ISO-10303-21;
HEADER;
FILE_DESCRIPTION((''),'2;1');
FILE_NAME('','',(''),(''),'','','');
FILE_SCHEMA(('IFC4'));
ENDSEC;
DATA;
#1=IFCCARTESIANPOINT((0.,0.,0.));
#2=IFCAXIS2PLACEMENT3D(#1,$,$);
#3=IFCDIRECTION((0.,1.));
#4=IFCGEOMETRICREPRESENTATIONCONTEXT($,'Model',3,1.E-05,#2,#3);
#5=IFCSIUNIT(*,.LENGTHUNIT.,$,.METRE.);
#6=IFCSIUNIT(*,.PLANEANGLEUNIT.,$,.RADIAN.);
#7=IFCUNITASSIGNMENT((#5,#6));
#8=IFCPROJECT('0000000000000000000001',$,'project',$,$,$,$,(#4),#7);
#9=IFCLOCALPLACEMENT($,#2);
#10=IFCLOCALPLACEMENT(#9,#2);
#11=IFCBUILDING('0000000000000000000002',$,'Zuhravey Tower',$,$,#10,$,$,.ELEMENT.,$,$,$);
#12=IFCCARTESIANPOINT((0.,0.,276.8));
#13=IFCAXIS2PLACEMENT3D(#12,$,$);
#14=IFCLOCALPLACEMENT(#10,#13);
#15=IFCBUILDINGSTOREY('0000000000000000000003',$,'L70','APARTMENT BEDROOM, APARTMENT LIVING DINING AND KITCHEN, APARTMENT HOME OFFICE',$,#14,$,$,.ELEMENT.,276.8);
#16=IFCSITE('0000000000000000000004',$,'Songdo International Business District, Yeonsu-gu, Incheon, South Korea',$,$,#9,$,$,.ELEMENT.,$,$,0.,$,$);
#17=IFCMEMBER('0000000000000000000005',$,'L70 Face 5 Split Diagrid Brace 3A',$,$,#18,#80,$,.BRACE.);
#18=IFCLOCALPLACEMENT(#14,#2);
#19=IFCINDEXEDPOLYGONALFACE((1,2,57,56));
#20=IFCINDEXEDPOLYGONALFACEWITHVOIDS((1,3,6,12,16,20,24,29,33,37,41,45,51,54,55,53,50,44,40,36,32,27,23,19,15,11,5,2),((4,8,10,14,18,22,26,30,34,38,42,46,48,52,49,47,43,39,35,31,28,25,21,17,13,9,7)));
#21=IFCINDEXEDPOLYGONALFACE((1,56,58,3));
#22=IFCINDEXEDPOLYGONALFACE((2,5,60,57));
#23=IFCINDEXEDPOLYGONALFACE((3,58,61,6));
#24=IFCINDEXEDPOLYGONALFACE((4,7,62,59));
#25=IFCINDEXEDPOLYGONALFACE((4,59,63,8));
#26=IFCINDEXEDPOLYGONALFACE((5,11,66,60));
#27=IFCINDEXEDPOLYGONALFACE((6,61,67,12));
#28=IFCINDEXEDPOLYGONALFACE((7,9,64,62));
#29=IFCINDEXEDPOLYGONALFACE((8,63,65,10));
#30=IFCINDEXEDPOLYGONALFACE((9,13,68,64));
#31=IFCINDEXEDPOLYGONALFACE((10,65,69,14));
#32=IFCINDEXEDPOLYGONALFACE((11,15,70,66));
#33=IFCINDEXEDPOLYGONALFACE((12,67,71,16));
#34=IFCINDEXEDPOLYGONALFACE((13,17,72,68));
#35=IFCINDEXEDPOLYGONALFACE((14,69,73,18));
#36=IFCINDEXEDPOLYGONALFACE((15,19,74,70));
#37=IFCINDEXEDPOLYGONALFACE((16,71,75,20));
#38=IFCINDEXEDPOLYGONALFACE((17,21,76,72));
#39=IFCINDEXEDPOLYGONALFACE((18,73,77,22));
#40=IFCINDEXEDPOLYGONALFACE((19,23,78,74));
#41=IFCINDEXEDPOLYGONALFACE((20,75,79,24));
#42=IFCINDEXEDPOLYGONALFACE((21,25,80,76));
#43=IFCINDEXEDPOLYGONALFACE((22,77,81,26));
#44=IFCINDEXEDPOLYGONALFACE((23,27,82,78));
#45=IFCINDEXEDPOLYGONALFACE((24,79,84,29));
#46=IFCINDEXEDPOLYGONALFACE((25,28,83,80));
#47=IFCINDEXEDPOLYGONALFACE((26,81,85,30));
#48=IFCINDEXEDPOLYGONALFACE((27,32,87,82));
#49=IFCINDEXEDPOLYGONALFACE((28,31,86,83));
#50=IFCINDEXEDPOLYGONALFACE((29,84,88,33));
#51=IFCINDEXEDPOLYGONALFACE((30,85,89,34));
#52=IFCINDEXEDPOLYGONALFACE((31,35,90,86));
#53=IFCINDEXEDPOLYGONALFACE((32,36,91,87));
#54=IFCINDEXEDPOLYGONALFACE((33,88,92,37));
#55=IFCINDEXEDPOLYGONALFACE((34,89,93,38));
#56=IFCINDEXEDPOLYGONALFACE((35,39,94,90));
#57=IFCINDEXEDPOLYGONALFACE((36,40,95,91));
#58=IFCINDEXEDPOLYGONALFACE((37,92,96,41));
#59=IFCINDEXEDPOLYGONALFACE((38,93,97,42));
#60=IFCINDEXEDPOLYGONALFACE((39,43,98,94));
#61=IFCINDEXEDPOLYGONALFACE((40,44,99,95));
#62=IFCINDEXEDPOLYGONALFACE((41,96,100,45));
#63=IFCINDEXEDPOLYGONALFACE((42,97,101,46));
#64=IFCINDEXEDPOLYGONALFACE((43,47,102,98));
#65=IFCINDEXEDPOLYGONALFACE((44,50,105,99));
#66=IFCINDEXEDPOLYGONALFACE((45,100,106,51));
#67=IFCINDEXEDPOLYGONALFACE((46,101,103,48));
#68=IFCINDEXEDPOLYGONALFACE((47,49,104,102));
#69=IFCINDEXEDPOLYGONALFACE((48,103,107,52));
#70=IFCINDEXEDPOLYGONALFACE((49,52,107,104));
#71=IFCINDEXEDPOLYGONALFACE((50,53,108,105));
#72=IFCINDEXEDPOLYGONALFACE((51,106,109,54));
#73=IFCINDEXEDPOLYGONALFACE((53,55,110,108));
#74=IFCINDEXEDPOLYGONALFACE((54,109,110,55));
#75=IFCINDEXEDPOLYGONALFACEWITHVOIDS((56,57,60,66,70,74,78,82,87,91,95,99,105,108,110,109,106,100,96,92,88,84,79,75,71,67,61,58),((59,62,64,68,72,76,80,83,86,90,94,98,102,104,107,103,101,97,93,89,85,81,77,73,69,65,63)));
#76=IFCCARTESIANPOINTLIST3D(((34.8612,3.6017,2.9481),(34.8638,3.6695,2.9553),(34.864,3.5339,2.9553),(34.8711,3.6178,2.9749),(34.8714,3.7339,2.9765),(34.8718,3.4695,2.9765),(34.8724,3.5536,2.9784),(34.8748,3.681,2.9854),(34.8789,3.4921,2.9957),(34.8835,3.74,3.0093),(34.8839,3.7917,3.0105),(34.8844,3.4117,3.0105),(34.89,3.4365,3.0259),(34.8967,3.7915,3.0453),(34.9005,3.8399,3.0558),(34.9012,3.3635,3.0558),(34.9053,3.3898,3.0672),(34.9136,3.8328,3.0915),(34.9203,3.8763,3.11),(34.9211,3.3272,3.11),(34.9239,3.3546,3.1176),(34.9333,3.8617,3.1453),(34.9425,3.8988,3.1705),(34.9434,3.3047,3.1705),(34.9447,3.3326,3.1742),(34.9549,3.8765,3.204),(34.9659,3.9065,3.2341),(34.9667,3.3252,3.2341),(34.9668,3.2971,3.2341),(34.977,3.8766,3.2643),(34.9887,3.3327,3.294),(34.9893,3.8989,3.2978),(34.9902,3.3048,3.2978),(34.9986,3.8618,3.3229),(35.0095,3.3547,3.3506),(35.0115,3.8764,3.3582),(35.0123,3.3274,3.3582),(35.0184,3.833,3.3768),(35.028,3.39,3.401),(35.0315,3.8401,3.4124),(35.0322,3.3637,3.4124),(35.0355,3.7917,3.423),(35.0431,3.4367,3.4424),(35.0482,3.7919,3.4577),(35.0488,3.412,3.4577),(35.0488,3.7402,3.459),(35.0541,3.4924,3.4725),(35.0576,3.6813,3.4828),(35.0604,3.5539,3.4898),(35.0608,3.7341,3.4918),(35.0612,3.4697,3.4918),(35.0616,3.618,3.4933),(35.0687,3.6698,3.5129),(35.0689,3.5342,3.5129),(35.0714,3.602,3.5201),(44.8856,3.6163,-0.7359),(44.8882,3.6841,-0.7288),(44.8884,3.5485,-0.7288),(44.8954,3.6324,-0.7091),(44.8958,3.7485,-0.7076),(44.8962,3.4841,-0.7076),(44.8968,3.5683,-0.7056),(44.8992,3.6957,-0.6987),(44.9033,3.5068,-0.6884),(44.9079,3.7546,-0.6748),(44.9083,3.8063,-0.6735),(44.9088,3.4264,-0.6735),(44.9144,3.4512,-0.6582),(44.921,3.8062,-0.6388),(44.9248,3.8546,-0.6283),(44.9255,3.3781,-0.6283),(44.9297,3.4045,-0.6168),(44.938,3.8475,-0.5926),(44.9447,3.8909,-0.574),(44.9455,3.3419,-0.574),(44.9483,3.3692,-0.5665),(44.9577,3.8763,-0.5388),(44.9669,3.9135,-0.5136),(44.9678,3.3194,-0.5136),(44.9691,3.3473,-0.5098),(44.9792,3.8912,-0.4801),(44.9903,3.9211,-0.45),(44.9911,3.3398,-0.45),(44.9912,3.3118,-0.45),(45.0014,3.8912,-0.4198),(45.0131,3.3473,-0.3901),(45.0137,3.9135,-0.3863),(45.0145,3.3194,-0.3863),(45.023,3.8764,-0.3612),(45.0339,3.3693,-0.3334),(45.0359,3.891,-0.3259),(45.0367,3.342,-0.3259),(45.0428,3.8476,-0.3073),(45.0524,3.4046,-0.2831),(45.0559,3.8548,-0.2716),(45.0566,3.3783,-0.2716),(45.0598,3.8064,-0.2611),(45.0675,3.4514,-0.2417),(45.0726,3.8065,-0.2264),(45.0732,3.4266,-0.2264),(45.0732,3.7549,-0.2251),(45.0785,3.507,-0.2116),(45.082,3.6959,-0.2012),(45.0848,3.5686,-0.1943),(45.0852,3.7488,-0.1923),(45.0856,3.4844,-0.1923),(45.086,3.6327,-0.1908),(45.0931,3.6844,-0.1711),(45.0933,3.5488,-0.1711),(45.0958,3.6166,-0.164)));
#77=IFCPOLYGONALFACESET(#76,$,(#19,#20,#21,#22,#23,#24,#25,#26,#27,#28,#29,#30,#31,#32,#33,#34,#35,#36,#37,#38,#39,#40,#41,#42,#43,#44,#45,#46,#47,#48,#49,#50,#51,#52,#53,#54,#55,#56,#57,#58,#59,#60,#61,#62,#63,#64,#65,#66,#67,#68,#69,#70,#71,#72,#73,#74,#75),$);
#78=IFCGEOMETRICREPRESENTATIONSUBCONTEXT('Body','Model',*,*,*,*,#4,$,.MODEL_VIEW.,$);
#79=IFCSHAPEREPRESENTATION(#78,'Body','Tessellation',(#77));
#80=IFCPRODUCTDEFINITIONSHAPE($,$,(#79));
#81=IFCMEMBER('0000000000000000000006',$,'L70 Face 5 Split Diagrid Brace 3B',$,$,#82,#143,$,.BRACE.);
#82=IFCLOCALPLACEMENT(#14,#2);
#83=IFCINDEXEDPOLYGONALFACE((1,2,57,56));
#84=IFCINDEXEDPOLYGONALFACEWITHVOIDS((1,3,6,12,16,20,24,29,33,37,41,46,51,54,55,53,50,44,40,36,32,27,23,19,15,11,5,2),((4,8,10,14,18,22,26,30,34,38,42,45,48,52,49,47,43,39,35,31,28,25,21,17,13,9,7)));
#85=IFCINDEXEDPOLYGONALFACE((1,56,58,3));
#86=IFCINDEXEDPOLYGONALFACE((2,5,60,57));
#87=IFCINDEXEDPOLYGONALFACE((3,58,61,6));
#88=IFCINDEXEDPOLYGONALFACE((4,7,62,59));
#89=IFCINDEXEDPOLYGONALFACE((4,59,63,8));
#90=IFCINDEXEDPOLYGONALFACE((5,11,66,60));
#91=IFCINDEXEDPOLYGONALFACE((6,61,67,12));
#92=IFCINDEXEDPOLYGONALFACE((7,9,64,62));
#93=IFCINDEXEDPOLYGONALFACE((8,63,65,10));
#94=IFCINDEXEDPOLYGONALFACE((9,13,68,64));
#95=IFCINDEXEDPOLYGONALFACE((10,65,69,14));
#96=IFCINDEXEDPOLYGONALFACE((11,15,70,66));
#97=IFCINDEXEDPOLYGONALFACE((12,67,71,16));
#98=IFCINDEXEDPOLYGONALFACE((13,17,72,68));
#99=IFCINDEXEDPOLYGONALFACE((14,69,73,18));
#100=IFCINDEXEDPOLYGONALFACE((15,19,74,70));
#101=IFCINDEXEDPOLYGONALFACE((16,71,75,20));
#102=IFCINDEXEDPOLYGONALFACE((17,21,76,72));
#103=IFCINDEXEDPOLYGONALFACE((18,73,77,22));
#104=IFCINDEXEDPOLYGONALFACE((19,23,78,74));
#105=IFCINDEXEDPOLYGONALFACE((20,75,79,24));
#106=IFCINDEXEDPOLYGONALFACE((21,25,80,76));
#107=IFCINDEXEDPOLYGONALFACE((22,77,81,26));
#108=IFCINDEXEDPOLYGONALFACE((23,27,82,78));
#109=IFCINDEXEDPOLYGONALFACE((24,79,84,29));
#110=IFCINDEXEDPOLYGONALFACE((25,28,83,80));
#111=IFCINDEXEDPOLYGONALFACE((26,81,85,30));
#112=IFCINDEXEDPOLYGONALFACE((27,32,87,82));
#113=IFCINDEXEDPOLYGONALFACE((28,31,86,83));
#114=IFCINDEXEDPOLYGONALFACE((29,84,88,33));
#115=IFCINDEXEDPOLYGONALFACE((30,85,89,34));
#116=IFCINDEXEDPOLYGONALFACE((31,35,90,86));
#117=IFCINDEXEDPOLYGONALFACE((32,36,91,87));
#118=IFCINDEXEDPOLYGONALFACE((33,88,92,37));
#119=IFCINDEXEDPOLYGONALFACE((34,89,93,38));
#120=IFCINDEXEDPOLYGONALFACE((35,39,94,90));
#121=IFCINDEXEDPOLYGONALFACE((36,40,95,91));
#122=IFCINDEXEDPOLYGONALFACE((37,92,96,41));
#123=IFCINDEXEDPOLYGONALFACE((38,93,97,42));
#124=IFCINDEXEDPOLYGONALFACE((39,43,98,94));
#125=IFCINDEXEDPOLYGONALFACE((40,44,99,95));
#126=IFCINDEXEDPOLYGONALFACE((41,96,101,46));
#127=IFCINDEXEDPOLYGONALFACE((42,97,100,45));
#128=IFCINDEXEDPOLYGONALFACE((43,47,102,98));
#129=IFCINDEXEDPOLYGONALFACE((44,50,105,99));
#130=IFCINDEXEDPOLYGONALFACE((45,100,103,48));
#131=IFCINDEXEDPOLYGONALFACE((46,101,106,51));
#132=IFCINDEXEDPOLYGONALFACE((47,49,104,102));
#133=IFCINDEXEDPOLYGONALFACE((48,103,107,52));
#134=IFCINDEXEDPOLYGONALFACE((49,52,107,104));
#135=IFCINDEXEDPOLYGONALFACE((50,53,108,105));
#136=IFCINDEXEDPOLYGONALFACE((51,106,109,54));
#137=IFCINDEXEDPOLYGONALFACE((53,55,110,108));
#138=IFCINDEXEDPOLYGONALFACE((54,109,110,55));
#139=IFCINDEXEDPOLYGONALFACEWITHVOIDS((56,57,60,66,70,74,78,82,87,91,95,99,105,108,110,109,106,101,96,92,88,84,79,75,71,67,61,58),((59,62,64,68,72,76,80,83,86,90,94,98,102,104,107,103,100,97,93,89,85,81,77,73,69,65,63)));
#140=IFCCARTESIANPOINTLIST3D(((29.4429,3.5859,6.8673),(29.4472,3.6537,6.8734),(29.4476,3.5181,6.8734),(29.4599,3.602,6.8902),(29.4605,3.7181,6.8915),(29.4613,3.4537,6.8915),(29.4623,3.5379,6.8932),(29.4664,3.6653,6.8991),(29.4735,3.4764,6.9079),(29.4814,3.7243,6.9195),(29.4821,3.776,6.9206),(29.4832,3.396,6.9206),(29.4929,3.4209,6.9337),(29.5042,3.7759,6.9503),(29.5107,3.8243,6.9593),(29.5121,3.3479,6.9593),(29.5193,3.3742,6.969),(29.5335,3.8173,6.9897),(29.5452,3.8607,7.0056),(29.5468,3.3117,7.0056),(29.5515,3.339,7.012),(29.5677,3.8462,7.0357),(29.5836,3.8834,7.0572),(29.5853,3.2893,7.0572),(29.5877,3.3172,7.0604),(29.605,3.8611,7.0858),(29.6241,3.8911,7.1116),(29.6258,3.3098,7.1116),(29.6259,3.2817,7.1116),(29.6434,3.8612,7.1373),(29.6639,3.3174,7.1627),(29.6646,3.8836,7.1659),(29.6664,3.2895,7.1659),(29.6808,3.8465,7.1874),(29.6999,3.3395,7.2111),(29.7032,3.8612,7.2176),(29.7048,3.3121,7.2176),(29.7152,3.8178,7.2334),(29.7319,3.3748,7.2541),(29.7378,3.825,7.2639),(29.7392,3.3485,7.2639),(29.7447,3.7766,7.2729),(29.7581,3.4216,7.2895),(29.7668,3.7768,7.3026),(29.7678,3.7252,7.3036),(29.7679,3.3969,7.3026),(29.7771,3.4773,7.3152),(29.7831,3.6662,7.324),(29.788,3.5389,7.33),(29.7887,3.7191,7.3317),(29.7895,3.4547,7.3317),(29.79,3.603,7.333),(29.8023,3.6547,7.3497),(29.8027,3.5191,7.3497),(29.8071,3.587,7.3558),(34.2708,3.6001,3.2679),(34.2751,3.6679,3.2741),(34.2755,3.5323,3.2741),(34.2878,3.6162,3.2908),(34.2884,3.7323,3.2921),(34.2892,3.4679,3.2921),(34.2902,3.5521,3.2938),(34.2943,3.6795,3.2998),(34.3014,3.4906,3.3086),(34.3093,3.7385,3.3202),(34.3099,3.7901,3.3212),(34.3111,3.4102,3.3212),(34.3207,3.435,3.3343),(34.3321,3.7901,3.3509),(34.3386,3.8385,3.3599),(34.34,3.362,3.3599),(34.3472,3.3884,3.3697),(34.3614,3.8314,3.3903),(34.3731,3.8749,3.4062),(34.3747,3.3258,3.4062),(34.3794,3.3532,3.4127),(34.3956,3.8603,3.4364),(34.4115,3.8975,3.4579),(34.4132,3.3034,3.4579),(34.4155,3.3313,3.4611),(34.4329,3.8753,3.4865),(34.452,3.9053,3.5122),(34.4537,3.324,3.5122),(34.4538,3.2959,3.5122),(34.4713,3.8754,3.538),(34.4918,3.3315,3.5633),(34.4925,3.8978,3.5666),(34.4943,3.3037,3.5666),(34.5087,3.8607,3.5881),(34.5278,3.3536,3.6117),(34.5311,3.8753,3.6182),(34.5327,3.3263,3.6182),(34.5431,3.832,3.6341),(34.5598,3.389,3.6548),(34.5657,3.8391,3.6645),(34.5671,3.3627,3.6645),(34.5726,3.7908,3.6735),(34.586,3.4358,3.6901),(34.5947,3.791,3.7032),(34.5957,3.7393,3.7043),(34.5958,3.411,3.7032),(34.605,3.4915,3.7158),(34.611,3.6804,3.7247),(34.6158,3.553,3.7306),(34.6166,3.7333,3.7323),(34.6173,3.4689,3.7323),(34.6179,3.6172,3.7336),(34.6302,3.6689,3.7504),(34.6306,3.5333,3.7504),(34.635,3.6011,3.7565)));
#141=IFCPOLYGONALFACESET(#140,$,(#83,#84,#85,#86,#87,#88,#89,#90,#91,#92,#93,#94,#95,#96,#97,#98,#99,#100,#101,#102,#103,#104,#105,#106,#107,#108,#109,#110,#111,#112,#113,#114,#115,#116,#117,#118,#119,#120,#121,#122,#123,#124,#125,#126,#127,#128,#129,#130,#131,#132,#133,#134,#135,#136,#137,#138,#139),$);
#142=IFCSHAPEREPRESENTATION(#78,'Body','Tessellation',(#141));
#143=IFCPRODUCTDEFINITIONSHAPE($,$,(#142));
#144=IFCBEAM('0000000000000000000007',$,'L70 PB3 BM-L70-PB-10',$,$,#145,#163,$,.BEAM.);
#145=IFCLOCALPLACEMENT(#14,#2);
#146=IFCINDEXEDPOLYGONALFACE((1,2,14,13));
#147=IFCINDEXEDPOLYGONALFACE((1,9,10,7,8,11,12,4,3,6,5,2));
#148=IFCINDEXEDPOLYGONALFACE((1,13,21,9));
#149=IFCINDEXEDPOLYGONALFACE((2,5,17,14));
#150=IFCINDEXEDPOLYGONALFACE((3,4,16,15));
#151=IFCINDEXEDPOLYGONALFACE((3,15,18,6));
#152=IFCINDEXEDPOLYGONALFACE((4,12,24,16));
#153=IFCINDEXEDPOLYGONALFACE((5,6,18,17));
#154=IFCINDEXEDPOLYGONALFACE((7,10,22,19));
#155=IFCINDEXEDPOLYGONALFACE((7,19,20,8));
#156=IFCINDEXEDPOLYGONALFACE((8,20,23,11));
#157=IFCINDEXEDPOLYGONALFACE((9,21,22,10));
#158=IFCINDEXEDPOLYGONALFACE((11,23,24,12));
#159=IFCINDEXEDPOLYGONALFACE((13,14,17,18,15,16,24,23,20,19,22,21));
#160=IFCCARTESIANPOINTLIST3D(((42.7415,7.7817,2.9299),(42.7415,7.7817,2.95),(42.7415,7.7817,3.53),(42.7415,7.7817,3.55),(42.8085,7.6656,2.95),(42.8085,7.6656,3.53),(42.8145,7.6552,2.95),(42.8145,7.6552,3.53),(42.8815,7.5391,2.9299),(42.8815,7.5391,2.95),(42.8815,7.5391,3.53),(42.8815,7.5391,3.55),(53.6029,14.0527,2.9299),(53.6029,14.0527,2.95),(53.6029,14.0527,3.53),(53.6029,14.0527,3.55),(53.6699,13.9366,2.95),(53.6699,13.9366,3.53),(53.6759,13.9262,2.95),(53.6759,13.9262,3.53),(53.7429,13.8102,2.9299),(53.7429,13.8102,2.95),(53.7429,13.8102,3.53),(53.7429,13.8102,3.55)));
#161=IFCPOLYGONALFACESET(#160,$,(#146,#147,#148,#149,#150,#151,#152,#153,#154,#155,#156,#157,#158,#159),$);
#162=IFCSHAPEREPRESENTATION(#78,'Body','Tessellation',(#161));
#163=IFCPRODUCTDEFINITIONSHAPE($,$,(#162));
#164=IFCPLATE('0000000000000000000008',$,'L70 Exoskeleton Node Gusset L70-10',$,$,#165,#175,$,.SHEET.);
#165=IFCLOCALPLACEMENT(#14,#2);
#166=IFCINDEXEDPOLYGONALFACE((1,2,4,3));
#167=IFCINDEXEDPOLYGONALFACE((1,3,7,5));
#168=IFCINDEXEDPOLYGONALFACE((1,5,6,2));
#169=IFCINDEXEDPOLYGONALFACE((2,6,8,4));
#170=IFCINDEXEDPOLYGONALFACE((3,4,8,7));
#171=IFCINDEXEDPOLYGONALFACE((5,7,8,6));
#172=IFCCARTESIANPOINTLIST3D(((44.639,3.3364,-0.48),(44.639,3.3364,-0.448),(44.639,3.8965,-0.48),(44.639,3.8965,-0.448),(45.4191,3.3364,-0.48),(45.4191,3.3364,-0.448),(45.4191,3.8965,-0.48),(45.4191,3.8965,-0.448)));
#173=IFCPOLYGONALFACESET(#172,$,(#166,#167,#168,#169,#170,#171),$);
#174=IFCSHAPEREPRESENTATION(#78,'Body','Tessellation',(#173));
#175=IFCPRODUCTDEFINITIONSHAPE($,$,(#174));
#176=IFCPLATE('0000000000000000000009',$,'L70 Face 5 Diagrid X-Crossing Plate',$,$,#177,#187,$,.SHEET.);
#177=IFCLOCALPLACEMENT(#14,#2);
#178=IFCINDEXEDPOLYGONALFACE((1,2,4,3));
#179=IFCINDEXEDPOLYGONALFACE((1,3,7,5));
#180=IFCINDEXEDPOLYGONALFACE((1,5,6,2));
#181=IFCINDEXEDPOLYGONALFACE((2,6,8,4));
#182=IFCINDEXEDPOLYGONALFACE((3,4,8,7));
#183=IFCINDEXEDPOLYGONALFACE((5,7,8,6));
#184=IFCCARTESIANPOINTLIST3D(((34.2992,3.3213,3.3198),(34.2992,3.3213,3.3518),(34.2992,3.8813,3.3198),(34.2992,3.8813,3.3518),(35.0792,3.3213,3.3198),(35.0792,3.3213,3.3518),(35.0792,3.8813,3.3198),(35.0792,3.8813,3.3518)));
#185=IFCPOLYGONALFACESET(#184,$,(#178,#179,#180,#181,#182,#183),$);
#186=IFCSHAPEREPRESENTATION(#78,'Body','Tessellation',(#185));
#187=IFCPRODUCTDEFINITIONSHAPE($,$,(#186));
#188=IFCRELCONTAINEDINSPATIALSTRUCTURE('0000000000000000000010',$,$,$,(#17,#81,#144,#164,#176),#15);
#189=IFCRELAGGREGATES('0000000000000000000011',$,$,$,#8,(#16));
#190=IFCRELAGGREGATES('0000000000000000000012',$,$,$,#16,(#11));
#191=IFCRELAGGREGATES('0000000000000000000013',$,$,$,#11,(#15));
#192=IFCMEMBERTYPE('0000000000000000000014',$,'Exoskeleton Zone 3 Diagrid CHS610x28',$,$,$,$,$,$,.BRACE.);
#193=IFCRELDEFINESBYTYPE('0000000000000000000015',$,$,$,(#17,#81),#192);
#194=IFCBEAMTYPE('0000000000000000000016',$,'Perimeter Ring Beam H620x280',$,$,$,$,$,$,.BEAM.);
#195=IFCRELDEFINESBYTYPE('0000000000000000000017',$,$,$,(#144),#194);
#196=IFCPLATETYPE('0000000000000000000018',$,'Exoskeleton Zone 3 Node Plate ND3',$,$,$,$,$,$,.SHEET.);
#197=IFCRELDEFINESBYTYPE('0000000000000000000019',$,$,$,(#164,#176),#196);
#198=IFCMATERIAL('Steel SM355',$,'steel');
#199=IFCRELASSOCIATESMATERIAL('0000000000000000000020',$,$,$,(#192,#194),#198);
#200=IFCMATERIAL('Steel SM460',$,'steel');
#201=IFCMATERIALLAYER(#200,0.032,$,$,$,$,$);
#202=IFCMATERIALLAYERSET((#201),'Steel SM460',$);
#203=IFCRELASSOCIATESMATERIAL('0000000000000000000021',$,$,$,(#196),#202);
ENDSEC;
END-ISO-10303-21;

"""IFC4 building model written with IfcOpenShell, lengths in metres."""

from ifc_helpers import new_model, si_unit, direction, frame, origin, origin_2d, place, context, subcontext, project, spatial, rectangle, hollow_circle, i_section, extrude, material, layer, layer_set, material_profile, profile_set, type_object, element, save


model = new_model("IFC4")

# Units and contexts
model_context = context("Model", 3, precision=1e-05, world=origin(), true_north=direction((0.0, 1.0)))
body_context = subcontext(model_context, "Body", "Model", "MODEL_VIEW")
ifc_project = project(units=[si_unit("LENGTHUNIT", "METRE"), si_unit("PLANEANGLEUNIT", "RADIAN")], contexts=[model_context])

# Site, building, storey
site_placement = place(None, origin())
site = spatial("IfcSite", under=ifc_project, at=site_placement, Name="Songdo International Business District, Yeonsu-gu, Incheon, South Korea", CompositionType="ELEMENT", RefElevation=0.0)
building_placement = place(site_placement, origin())
building = spatial("IfcBuilding", under=site, at=building_placement, Name="Zuhravey Tower", CompositionType="ELEMENT")
storey_placement = place(building_placement, frame((0.0, 0.0, 276.8)))
storey = spatial("IfcBuildingStorey", under=building, at=storey_placement, Name="L70", Description="APARTMENT BEDROOM, APARTMENT LIVING DINING AND KITCHEN, APARTMENT HOME OFFICE", CompositionType="ELEMENT", Elevation=276.8)

# Members
ifc_material_1 = material(Name="Steel SM355", Category="steel")
ifc_material_profile_1 = material_profile(ifc_material_1, hollow_circle(Radius=0.3047, WallThickness=0.0281, at=origin_2d()), Name="CHS-609.6x28")
ifc_profile_set_1 = profile_set([ifc_material_profile_1], Name="Steel SM355")
member_type_1 = type_object("IfcMemberType", Name="Exoskeleton Zone 3 Diagrid CHS610x28", PredefinedType="BRACE", material=ifc_profile_set_1)
member_1_placement = place(storey_placement, frame((44.9907, 3.6165, -0.45), z_axis=(-0.938619, -0.001372, 0.344953), x_axis=(0.001461, -0.999999, 0.0)))
element("IfcMember", 1, at=member_1_placement, inside=storey, type_object=member_type_1, Name="L70 Face 5 Split Diagrid Brace 3A", PredefinedType="BRACE", context=body_context, shape_type="SweptSolid", body=[
    extrude(hollow_circle(Radius=0.3047, WallThickness=0.0281, at=origin_2d()), origin(), (0.0, 0.0, 1.0), 10.6799),
])
member_2_placement = place(storey_placement, frame((34.4529, 3.6006, 3.5122), z_axis=(-0.801712, -0.002351, 0.597706), x_axis=(0.002933, -0.999996, 0.0)))
element("IfcMember", 2, at=member_2_placement, inside=storey, type_object=member_type_1, Name="L70 Face 5 Split Diagrid Brace 3B", PredefinedType="BRACE", context=body_context, shape_type="SweptSolid", body=[
    extrude(hollow_circle(Radius=0.3047, WallThickness=0.0281, at=origin_2d()), origin(), (0.0, 0.0, 1.0), 6.022),
])

# Beam
ifc_material_profile_2 = material_profile(ifc_material_1, i_section(OverallWidth=0.28, OverallDepth=0.6201, WebThickness=0.012, FlangeThickness=0.02, at=origin_2d()), Name="H-620x280x12x20")
ifc_profile_set_2 = profile_set([ifc_material_profile_2], Name="Steel SM355")
beam_type = type_object("IfcBeamType", Name="Perimeter Ring Beam H620x280", PredefinedType="BEAM", material=ifc_profile_set_2)
beam_placement = place(storey_placement, frame((42.8115, 7.6604, 3.24), z_axis=(0.866018, 0.500012, 0.0), x_axis=(-0.500012, 0.866018, 0.0)))
element("IfcBeam", 3, at=beam_placement, inside=storey, type_object=beam_type, Name="L70 PB3 BM-L70-PB-10", PredefinedType="BEAM", context=body_context, shape_type="SweptSolid", body=[
    extrude(i_section(OverallWidth=0.28, OverallDepth=0.6201, WebThickness=0.012, FlangeThickness=0.02, at=origin_2d()), origin(), (0.0, 0.0, 1.0), 12.5417),
])

# Plates
ifc_material_2 = material(Name="Steel SM460", Category="steel")
ifc_layer_1 = layer(ifc_material_2, 0.032)
ifc_layer_set_1 = layer_set([ifc_layer_1], Name="Steel SM460")
plate_type_1 = type_object("IfcPlateType", Name="Exoskeleton Zone 3 Node Plate ND3", PredefinedType="SHEET", material=ifc_layer_set_1)
for number, where, z_axis, x_axis, name in (
    (4, (45.0291, 3.6165, -0.48), (0.0, 0.0, 1.0), (1.0, 0.0, 0.0), "L70 Exoskeleton Node Gusset L70-10"),
    (5, (34.6892, 3.6013, 3.3198), (0.0, 0.0, 1.0), (1.0, 0.0, 0.0), "L70 Face 5 Diagrid X-Crossing Plate"),
):
    element("IfcPlate", number, at=place(storey_placement, frame(where, z_axis=z_axis, x_axis=x_axis)), inside=storey, type_object=plate_type_1, Name=name, PredefinedType="SHEET", context=body_context, shape_type="SweptSolid", body=[
        extrude(rectangle(XDim=0.78, YDim=0.5601, at=origin_2d()), origin(), (0.0, 0.0, 1.0), 0.032),
    ])

save(model, "model.ifc")
